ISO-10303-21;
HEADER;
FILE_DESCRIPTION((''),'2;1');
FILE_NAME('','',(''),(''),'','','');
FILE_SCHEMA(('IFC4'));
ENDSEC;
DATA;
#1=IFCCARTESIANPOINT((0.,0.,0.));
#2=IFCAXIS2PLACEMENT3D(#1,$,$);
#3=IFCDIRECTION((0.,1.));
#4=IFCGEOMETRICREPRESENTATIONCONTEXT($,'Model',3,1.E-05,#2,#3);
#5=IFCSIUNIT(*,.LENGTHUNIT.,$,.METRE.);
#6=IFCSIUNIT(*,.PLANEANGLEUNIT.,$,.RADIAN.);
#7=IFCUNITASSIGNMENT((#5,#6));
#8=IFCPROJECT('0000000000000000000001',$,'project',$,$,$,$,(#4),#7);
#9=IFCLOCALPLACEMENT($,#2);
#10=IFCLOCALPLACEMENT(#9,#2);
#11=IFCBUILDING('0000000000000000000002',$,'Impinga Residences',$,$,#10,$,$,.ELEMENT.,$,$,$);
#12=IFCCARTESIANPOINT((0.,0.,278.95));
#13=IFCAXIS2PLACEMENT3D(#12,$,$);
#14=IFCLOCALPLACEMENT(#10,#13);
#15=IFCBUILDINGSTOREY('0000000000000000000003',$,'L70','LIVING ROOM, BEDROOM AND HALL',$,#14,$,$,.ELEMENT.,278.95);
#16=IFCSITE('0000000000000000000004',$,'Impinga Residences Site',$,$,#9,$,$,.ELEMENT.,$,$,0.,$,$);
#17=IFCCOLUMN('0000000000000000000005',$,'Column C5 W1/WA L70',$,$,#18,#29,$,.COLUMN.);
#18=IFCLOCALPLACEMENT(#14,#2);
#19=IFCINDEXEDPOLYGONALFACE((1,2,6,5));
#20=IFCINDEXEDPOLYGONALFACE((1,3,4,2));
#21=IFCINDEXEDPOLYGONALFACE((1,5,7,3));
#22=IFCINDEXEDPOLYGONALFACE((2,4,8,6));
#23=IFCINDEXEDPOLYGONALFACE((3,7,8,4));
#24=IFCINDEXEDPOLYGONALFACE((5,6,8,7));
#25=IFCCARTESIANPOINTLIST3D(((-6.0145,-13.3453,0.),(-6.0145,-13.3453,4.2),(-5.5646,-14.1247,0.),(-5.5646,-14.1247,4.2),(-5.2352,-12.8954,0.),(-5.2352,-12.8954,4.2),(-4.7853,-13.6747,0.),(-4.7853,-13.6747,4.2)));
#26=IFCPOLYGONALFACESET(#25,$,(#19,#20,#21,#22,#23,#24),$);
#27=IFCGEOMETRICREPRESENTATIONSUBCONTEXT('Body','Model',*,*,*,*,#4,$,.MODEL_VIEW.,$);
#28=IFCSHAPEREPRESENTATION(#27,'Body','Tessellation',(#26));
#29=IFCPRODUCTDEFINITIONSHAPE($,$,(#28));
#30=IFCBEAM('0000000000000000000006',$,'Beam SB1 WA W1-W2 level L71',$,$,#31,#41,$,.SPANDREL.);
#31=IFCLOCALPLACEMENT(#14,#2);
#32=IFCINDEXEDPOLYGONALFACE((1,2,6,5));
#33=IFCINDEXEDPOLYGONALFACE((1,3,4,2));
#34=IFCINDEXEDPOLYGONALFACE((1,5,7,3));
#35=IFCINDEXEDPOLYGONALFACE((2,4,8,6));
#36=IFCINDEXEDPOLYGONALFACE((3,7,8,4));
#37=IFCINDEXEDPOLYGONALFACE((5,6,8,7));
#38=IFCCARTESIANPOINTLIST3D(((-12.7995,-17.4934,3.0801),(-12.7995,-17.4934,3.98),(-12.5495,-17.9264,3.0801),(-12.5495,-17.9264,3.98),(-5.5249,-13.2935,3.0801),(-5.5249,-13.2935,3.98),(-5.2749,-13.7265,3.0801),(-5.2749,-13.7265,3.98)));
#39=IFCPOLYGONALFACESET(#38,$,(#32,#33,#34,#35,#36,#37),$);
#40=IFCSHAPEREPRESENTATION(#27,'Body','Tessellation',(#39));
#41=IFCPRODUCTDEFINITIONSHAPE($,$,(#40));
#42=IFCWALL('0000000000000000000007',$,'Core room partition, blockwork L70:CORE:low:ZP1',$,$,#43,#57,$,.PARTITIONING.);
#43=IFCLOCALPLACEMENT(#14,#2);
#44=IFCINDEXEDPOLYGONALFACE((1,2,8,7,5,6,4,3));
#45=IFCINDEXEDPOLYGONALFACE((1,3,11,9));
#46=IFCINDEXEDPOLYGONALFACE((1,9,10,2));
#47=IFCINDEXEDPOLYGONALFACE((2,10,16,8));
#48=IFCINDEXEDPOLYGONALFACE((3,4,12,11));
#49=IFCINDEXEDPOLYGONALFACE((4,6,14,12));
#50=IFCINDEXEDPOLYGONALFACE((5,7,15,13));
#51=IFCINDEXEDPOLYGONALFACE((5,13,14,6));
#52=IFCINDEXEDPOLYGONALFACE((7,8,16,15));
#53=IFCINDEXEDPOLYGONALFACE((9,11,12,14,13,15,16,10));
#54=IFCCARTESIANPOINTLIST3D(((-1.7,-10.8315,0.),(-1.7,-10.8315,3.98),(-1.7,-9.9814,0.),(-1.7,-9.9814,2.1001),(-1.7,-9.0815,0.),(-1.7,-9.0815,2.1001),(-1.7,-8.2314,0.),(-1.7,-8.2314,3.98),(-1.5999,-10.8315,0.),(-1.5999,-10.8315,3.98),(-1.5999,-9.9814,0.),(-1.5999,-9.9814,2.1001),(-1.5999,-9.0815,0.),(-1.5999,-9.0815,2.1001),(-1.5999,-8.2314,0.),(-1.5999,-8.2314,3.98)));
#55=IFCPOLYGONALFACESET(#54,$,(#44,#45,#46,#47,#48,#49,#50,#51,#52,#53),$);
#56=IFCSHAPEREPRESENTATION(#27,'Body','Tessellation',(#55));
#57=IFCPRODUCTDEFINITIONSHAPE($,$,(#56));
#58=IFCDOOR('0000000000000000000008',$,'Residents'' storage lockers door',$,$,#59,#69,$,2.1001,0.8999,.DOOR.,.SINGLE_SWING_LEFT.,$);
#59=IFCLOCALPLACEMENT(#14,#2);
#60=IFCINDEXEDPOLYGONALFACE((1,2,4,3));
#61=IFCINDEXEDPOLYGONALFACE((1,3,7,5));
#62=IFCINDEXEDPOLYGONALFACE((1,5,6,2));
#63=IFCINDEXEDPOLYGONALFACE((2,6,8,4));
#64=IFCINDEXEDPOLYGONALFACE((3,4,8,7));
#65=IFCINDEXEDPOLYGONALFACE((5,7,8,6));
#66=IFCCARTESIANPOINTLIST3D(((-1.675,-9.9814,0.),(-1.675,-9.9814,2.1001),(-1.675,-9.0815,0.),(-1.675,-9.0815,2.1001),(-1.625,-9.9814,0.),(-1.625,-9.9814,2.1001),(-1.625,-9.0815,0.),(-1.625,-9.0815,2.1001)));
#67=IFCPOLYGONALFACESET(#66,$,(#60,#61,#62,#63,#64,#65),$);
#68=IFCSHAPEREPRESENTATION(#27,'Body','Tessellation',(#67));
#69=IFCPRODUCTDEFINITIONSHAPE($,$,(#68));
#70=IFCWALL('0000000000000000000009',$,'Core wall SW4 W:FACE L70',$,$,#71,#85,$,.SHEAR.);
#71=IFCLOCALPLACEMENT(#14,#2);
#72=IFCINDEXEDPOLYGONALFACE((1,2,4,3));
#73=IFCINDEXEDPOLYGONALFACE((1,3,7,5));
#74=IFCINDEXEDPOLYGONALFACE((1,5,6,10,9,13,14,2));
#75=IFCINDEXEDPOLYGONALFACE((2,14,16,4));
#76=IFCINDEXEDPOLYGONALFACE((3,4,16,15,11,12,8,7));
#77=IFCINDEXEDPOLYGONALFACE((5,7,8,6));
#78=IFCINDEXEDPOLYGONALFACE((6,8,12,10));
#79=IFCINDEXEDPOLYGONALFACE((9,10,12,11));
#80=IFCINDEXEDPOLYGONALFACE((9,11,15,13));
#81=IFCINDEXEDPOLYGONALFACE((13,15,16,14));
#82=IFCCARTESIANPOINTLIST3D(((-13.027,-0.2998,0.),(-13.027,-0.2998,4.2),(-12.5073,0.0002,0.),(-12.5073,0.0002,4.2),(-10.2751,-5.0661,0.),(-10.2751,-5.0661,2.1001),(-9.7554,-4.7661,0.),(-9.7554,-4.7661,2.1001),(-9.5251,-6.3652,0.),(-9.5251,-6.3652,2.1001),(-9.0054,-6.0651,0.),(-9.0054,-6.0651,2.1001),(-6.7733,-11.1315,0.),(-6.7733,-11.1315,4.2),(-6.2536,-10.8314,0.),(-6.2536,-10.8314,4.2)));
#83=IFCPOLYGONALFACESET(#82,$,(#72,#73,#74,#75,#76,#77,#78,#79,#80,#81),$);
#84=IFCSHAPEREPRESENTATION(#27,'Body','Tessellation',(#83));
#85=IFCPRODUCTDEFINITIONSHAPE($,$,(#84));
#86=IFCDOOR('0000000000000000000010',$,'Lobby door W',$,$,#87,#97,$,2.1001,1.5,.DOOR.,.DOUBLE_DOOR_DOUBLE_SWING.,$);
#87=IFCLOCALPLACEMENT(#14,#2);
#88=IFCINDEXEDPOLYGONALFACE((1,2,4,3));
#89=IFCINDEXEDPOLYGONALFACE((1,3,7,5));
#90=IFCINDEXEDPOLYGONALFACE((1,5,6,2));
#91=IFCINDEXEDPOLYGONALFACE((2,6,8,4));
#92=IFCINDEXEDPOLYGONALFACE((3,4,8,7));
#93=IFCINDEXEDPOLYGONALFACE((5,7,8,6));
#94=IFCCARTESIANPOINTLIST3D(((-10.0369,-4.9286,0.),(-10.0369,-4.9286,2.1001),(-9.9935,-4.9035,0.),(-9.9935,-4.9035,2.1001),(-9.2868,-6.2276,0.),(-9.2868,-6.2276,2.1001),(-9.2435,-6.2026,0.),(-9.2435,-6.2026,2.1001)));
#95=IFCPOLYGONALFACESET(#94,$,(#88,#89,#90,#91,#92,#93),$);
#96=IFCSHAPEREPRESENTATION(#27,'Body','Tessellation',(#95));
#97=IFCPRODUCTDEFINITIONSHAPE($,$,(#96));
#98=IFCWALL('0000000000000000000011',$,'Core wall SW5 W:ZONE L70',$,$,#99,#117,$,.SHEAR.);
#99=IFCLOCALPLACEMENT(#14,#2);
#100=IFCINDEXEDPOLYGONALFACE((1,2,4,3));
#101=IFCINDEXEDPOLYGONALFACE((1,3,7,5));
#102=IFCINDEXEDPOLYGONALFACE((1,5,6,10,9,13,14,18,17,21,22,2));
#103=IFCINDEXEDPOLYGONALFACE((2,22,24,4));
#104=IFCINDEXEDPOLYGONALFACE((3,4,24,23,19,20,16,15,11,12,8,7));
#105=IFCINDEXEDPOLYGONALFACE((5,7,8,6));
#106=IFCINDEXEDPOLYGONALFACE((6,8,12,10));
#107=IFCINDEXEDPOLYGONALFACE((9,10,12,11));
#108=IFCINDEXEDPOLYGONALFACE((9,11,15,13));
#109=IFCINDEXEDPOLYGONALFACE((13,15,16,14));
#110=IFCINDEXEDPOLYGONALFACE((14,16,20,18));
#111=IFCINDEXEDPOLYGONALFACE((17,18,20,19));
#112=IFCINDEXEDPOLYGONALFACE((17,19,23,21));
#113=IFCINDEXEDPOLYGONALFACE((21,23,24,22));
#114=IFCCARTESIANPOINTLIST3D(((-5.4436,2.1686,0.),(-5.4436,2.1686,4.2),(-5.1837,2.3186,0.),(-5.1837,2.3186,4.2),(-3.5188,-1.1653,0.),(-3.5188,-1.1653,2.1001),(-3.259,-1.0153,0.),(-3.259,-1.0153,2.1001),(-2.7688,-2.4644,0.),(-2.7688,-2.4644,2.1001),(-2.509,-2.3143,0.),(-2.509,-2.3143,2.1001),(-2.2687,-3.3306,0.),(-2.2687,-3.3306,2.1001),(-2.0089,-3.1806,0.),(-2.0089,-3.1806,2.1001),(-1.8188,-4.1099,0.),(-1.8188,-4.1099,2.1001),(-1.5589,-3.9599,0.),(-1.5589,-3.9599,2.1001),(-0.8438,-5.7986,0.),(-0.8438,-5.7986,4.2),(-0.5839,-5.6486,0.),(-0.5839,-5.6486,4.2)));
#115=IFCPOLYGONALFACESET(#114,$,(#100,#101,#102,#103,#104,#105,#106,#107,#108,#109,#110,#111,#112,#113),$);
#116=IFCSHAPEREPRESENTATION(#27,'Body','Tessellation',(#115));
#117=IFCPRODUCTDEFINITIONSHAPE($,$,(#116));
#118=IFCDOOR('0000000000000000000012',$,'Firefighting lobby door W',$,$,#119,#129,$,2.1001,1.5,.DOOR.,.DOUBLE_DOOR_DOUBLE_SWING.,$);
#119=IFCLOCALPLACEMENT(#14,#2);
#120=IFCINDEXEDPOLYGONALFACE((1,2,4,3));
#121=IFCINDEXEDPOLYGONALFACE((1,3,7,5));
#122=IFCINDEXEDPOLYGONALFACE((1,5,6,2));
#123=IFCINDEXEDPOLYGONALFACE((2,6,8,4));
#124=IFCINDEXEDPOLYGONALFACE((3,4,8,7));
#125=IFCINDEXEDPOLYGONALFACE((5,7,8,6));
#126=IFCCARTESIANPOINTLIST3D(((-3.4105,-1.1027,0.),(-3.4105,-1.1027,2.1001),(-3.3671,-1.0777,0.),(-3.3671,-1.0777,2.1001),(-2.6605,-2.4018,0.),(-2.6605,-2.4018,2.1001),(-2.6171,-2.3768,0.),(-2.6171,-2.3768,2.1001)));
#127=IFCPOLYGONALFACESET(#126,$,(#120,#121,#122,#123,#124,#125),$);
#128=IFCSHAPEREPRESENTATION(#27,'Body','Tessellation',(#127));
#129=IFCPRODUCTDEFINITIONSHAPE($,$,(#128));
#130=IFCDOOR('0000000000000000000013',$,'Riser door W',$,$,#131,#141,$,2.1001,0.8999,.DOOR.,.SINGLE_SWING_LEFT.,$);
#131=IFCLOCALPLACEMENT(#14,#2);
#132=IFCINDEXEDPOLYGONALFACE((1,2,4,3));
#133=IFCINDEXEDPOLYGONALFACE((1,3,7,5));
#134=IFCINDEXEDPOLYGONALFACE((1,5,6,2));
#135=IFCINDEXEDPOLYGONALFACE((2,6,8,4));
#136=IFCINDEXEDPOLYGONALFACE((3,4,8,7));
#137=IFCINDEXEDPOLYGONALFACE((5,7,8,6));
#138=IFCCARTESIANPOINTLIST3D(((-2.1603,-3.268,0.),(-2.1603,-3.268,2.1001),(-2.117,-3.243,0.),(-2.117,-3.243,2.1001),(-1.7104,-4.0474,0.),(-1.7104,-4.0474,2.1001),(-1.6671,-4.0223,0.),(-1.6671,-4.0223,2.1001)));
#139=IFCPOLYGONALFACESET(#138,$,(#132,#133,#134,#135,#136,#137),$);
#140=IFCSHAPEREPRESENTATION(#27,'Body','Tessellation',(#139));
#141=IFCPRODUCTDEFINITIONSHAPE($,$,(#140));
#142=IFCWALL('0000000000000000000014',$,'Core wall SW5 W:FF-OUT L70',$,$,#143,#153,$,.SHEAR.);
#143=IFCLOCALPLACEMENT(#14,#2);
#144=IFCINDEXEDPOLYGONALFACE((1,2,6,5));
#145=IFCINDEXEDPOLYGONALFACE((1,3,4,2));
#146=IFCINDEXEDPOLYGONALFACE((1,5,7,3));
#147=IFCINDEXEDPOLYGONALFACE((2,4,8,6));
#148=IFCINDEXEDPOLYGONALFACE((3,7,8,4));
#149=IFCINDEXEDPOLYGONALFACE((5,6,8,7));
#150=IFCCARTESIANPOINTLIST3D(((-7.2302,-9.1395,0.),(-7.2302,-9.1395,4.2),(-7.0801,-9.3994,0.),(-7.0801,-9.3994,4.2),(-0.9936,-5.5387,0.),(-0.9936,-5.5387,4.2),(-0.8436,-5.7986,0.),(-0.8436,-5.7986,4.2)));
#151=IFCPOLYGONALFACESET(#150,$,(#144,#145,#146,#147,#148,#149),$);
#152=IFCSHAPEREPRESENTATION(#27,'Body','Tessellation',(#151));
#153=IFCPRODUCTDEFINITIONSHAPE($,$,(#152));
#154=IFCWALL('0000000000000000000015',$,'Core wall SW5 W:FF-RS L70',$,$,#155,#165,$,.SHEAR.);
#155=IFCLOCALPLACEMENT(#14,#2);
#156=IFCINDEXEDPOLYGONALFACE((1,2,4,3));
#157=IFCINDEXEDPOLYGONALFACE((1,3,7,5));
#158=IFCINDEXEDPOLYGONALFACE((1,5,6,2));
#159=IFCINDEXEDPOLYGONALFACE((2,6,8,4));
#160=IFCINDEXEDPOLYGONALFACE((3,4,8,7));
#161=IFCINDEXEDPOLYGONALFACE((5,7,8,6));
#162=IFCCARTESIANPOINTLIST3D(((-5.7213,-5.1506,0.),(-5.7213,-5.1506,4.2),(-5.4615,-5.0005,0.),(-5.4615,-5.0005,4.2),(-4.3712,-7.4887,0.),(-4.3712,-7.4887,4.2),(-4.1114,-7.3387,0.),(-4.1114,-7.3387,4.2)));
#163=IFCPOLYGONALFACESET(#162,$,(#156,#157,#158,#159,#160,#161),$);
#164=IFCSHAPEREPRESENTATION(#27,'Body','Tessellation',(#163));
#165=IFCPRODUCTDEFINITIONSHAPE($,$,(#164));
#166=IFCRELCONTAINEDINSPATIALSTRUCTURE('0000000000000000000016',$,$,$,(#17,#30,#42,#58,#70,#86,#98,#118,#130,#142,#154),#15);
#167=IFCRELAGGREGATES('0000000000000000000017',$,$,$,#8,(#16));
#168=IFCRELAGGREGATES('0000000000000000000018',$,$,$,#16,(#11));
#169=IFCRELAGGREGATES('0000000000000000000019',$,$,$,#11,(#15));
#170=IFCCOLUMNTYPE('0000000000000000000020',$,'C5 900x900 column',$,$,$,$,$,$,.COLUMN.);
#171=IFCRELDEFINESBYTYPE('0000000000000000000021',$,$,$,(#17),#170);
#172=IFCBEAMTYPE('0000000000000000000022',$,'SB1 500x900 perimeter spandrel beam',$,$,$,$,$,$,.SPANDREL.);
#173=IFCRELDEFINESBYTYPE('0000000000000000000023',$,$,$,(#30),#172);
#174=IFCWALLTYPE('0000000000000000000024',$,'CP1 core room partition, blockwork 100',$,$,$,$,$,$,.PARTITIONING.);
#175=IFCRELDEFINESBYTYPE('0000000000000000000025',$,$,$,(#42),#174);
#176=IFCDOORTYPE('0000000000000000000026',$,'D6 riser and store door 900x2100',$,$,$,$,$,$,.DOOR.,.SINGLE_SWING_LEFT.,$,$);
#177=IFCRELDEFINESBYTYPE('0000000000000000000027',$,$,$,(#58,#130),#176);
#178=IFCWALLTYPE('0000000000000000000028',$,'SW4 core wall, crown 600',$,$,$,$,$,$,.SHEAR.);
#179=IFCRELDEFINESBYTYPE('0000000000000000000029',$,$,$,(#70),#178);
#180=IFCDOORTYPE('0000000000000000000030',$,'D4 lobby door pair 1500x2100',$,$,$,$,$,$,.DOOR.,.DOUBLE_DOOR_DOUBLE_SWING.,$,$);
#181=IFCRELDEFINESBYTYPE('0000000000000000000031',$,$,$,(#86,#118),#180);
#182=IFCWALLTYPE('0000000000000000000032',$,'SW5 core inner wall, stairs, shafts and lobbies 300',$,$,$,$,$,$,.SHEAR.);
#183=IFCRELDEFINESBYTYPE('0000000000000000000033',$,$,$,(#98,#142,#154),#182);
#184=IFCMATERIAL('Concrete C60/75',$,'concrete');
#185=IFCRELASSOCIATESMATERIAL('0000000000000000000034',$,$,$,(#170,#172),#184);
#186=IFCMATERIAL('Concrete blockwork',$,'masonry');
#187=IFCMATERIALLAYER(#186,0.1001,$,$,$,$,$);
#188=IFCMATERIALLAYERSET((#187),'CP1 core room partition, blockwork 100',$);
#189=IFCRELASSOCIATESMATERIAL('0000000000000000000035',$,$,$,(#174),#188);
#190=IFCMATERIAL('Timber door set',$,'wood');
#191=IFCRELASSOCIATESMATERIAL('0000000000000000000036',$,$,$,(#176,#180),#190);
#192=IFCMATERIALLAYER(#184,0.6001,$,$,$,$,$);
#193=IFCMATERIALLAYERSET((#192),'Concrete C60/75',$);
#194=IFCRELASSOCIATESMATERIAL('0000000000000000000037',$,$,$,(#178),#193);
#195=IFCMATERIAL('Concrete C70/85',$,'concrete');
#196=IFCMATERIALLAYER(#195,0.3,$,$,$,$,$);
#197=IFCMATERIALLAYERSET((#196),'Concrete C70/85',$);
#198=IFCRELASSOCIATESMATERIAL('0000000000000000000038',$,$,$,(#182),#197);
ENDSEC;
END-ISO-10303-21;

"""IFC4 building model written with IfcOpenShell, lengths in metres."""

from ifc_helpers import new_model, si_unit, direction, frame, frame_2d, origin, origin_2d, place, context, subcontext, project, spatial, rectangle, extrude, material, layer, layer_set, material_profile, profile_set, type_object, element, fill, save


model = new_model("IFC4")

# Units and contexts
model_context = context("Model", 3, precision=1e-05, world=origin(), true_north=direction((0.0, 1.0)))
body_context = subcontext(model_context, "Body", "Model", "MODEL_VIEW")
ifc_project = project(units=[si_unit("LENGTHUNIT", "METRE"), si_unit("PLANEANGLEUNIT", "RADIAN")], contexts=[model_context])

# Site, building, storey
site_placement = place(None, origin())
site = spatial("IfcSite", under=ifc_project, at=site_placement, Name="Impinga Residences Site", CompositionType="ELEMENT", RefElevation=0.0)
building_placement = place(site_placement, origin())
building = spatial("IfcBuilding", under=site, at=building_placement, Name="Impinga Residences", CompositionType="ELEMENT")
storey_placement = place(building_placement, frame((0.0, 0.0, 278.95)))
storey = spatial("IfcBuildingStorey", under=building, at=storey_placement, Name="L70", Description="LIVING ROOM, BEDROOM AND HALL", CompositionType="ELEMENT", Elevation=278.95)

# Column
ifc_material_1 = material(Name="Concrete C60/75", Category="concrete")
ifc_material_profile_1 = material_profile(ifc_material_1, rectangle(XDim=0.8999, YDim=0.8999, at=origin_2d()), Name="RC 900x900")
ifc_profile_set_1 = profile_set([ifc_material_profile_1], Name="Concrete C60/75")
column_type = type_object("IfcColumnType", Name="C5 900x900 column", PredefinedType="COLUMN", material=ifc_profile_set_1)
column_placement = place(storey_placement, frame((-5.3999, -13.51, 0.0), z_axis=(0.0, 0.0, 1.0), x_axis=(-0.5, 0.866025, 0.0)))
element("IfcColumn", 1, at=column_placement, inside=storey, type_object=column_type, Name="Column C5 W1/WA L70", PredefinedType="COLUMN", context=body_context, shape_type="SweptSolid", body=[
    extrude(rectangle(XDim=0.8999, YDim=0.8999, at=origin_2d()), origin(), (0.0, 0.0, 1.0), 4.2),
])

# Beam
ifc_material_profile_2 = material_profile(ifc_material_1, rectangle(XDim=0.5, YDim=0.8999, at=origin_2d()), Name="RC 500x900")
ifc_profile_set_2 = profile_set([ifc_material_profile_2], Name="Concrete C60/75")
beam_type = type_object("IfcBeamType", Name="SB1 500x900 perimeter spandrel beam", PredefinedType="SPANDREL", material=ifc_profile_set_2)
beam_placement = place(storey_placement, frame((-5.3999, -13.51, 3.53), z_axis=(-0.866029, -0.499993, 0.0), x_axis=(0.499993, -0.866029, 0.0)))
element("IfcBeam", 2, at=beam_placement, inside=storey, type_object=beam_type, Name="Beam SB1 WA W1-W2 level L71", PredefinedType="SPANDREL", context=body_context, shape_type="SweptSolid", body=[
    extrude(rectangle(XDim=0.5, YDim=0.8999, at=origin_2d()), origin(), (0.0, 0.0, 1.0), 8.3999),
])

# Walls, openings, doors
ifc_material_2 = material(Name="Concrete blockwork", Category="masonry")
ifc_layer_1 = layer(ifc_material_2, 0.1001)
ifc_layer_set_1 = layer_set([ifc_layer_1], Name="CP1 core room partition, blockwork 100")
wall_type_1 = type_object("IfcWallType", Name="CP1 core room partition, blockwork 100", PredefinedType="PARTITIONING", material=ifc_layer_set_1)
wall_1_placement = place(storey_placement, frame((-1.6499, -8.2314, 0.0), z_axis=(0.0, 0.0, 1.0), x_axis=(0.0, -1.0, 0.0)))
wall_1 = element("IfcWall", 3, at=wall_1_placement, inside=storey, type_object=wall_type_1, Name="Core room partition, blockwork L70:CORE:low:ZP1", PredefinedType="PARTITIONING", context=body_context, shape_type="SweptSolid", body=[
    extrude(rectangle(XDim=2.6001, YDim=0.1001, at=frame_2d((1.3, 0.0))), origin(), (0.0, 0.0, 1.0), 3.98),
])
opening_1_placement = place(wall_1_placement, frame((0.8501, 0.0, 0.0)))
opening_1 = element("IfcOpeningElement", 4, at=opening_1_placement, cuts=wall_1, PredefinedType="OPENING", context=body_context, shape_type="SweptSolid", body=[
    extrude(rectangle(XDim=0.8999, YDim=2.1001, at=frame_2d((0.45, 1.05))), frame((0.0, 0.0601, 0.0), z_axis=(0.0, -1.0, 0.0), x_axis=(1.0, 0.0, 0.0)), (0.0, 0.0, 1.0), 0.1201),
])
ifc_material_3 = material(Name="Timber door set", Category="wood")
door_type_1 = type_object("IfcDoorType", Name="D6 riser and store door 900x2100", OperationType="SINGLE_SWING_LEFT", PredefinedType="DOOR", material=ifc_material_3)
door_1_placement = place(opening_1_placement, origin())
door_1 = element("IfcDoor", 5, at=door_1_placement, inside=storey, type_object=door_type_1, Name="Residents' storage lockers door", OperationType="SINGLE_SWING_LEFT", OverallHeight=2.1001, OverallWidth=0.8999, PredefinedType="DOOR", context=body_context, shape_type="SweptSolid", body=[
    extrude(rectangle(XDim=0.8999, YDim=2.1001, at=frame_2d((0.45, 1.05))), frame((0.0, 0.0249, 0.0), z_axis=(0.0, -1.0, 0.0), x_axis=(1.0, 0.0, 0.0)), (0.0, 0.0, 1.0), 0.05),
])
fill(opening_1, door_1)
ifc_layer_2 = layer(ifc_material_1, 0.6001)
ifc_layer_set_2 = layer_set([ifc_layer_2], Name="Concrete C60/75")
wall_type_2 = type_object("IfcWallType", Name="SW4 core wall, crown 600", PredefinedType="SHEAR", material=ifc_layer_set_2)
wall_2_placement = place(storey_placement, frame((-6.5134, -10.9814, 0.0), z_axis=(0.0, 0.0, 1.0), x_axis=(-0.500004, 0.866023, 0.0)))
wall_2 = element("IfcWall", 6, at=wall_2_placement, inside=storey, type_object=wall_type_2, Name="Core wall SW4 W:FACE L70", PredefinedType="SHEAR", context=body_context, shape_type="SweptSolid", body=[
    extrude(rectangle(XDim=12.5073, YDim=0.6001, at=frame_2d((6.2537, 0.0))), origin(), (0.0, 0.0, 1.0), 4.2),
])
opening_2_placement = place(wall_2_placement, frame((5.5037, 0.0, 0.0)))
opening_2 = element("IfcOpeningElement", 7, at=opening_2_placement, cuts=wall_2, PredefinedType="OPENING", context=body_context, shape_type="SweptSolid", body=[
    extrude(rectangle(XDim=1.5, YDim=2.1001, at=frame_2d((0.75, 1.05))), frame((0.0, 0.3101, 0.0), z_axis=(0.0, -1.0, 0.0), x_axis=(1.0, 0.0, 0.0)), (0.0, 0.0, 1.0), 0.6201),
])
door_type_2 = type_object("IfcDoorType", Name="D4 lobby door pair 1500x2100", OperationType="DOUBLE_DOOR_DOUBLE_SWING", PredefinedType="DOOR", material=ifc_material_3)
door_2_placement = place(opening_2_placement, origin())
door_2 = element("IfcDoor", 8, at=door_2_placement, inside=storey, type_object=door_type_2, Name="Lobby door W", OperationType="DOUBLE_DOOR_DOUBLE_SWING", OverallHeight=2.1001, OverallWidth=1.5, PredefinedType="DOOR", context=body_context, shape_type="SweptSolid", body=[
    extrude(rectangle(XDim=1.5, YDim=2.1001, at=frame_2d((0.75, 1.05))), frame((0.0, 0.0249, 0.0), z_axis=(0.0, -1.0, 0.0), x_axis=(1.0, 0.0, 0.0)), (0.0, 0.0, 1.0), 0.05),
])
fill(opening_2, door_2)

# Wall, openings, doors
ifc_material_4 = material(Name="Concrete C70/85", Category="concrete")
ifc_layer_3 = layer(ifc_material_4, 0.3)
ifc_layer_set_3 = layer_set([ifc_layer_3], Name="Concrete C70/85")
wall_type_3 = type_object("IfcWallType", Name="SW5 core inner wall, stairs, shafts and lobbies 300", PredefinedType="SHEAR", material=ifc_layer_set_3)
wall_3_placement = place(storey_placement, frame((-0.7139, -5.7236, 0.0), z_axis=(0.0, 0.0, 1.0), x_axis=(-0.499995, 0.866028, 0.0)))
wall_3 = element("IfcWall", 9, at=wall_3_placement, inside=storey, type_object=wall_type_3, Name="Core wall SW5 W:ZONE L70", PredefinedType="SHEAR", context=body_context, shape_type="SweptSolid", body=[
    extrude(rectangle(XDim=9.1997, YDim=0.3, at=frame_2d((4.5999, 0.0))), origin(), (0.0, 0.0, 1.0), 4.2),
])
opening_3_placement = place(wall_3_placement, frame((3.8501, 0.0, 0.0)))
opening_3 = element("IfcOpeningElement", 10, at=opening_3_placement, cuts=wall_3, PredefinedType="OPENING", context=body_context, shape_type="SweptSolid", body=[
    extrude(rectangle(XDim=1.5, YDim=2.1001, at=frame_2d((0.75, 1.05))), frame((0.0, 0.1599, 0.0), z_axis=(0.0, -1.0, 0.0), x_axis=(1.0, 0.0, 0.0)), (0.0, 0.0, 1.0), 0.3201),
])
opening_4_placement = place(wall_3_placement, frame((1.95, 0.0, 0.0)))
opening_4 = element("IfcOpeningElement", 11, at=opening_4_placement, cuts=wall_3, PredefinedType="OPENING", context=body_context, shape_type="SweptSolid", body=[
    extrude(rectangle(XDim=0.8999, YDim=2.1001, at=frame_2d((0.45, 1.05))), frame((0.0, 0.1599, 0.0), z_axis=(0.0, -1.0, 0.0), x_axis=(1.0, 0.0, 0.0)), (0.0, 0.0, 1.0), 0.3201),
])
door_3_placement = place(opening_3_placement, origin())
door_3 = element("IfcDoor", 12, at=door_3_placement, inside=storey, type_object=door_type_2, Name="Firefighting lobby door W", OperationType="DOUBLE_DOOR_DOUBLE_SWING", OverallHeight=2.1001, OverallWidth=1.5, PredefinedType="DOOR", context=body_context, shape_type="SweptSolid", body=[
    extrude(rectangle(XDim=1.5, YDim=2.1001, at=frame_2d((0.75, 1.05))), frame((0.0, 0.0249, 0.0), z_axis=(0.0, -1.0, 0.0), x_axis=(1.0, 0.0, 0.0)), (0.0, 0.0, 1.0), 0.05),
])
fill(opening_3, door_3)
door_4_placement = place(opening_4_placement, origin())
door_4 = element("IfcDoor", 13, at=door_4_placement, inside=storey, type_object=door_type_1, Name="Riser door W", OperationType="SINGLE_SWING_LEFT", OverallHeight=2.1001, OverallWidth=0.8999, PredefinedType="DOOR", context=body_context, shape_type="SweptSolid", body=[
    extrude(rectangle(XDim=0.8999, YDim=2.1001, at=frame_2d((0.45, 1.05))), frame((0.0, 0.0249, 0.0), z_axis=(0.0, -1.0, 0.0), x_axis=(1.0, 0.0, 0.0)), (0.0, 0.0, 1.0), 0.05),
])
fill(opening_4, door_4)

# Walls
wall_4_placement = place(storey_placement, frame((-0.9187, -5.6687, 0.0), z_axis=(0.0, 0.0, 1.0), x_axis=(-0.866017, -0.500015, 0.0)))
element("IfcWall", 14, at=wall_4_placement, inside=storey, type_object=wall_type_3, Name="Core wall SW5 W:FF-OUT L70", PredefinedType="SHEAR", context=body_context, shape_type="SweptSolid", body=[
    extrude(rectangle(XDim=7.2014, YDim=0.3, at=frame_2d((3.6006, 0.0))), origin(), (0.0, 0.0, 1.0), 4.2),
])
wall_5_placement = place(storey_placement, frame((-4.2412, -7.4138, 0.0), z_axis=(0.0, 0.0, 1.0), x_axis=(-0.500049, 0.865997, 0.0)))
element("IfcWall", 15, at=wall_5_placement, inside=storey, type_object=wall_type_3, Name="Core wall SW5 W:FF-RS L70", PredefinedType="SHEAR", context=body_context, shape_type="SweptSolid", body=[
    extrude(rectangle(XDim=2.7, YDim=0.3, at=frame_2d((1.3501, 0.0))), origin(), (0.0, 0.0, 1.0), 4.2),
])

save(model, "model.ifc")
